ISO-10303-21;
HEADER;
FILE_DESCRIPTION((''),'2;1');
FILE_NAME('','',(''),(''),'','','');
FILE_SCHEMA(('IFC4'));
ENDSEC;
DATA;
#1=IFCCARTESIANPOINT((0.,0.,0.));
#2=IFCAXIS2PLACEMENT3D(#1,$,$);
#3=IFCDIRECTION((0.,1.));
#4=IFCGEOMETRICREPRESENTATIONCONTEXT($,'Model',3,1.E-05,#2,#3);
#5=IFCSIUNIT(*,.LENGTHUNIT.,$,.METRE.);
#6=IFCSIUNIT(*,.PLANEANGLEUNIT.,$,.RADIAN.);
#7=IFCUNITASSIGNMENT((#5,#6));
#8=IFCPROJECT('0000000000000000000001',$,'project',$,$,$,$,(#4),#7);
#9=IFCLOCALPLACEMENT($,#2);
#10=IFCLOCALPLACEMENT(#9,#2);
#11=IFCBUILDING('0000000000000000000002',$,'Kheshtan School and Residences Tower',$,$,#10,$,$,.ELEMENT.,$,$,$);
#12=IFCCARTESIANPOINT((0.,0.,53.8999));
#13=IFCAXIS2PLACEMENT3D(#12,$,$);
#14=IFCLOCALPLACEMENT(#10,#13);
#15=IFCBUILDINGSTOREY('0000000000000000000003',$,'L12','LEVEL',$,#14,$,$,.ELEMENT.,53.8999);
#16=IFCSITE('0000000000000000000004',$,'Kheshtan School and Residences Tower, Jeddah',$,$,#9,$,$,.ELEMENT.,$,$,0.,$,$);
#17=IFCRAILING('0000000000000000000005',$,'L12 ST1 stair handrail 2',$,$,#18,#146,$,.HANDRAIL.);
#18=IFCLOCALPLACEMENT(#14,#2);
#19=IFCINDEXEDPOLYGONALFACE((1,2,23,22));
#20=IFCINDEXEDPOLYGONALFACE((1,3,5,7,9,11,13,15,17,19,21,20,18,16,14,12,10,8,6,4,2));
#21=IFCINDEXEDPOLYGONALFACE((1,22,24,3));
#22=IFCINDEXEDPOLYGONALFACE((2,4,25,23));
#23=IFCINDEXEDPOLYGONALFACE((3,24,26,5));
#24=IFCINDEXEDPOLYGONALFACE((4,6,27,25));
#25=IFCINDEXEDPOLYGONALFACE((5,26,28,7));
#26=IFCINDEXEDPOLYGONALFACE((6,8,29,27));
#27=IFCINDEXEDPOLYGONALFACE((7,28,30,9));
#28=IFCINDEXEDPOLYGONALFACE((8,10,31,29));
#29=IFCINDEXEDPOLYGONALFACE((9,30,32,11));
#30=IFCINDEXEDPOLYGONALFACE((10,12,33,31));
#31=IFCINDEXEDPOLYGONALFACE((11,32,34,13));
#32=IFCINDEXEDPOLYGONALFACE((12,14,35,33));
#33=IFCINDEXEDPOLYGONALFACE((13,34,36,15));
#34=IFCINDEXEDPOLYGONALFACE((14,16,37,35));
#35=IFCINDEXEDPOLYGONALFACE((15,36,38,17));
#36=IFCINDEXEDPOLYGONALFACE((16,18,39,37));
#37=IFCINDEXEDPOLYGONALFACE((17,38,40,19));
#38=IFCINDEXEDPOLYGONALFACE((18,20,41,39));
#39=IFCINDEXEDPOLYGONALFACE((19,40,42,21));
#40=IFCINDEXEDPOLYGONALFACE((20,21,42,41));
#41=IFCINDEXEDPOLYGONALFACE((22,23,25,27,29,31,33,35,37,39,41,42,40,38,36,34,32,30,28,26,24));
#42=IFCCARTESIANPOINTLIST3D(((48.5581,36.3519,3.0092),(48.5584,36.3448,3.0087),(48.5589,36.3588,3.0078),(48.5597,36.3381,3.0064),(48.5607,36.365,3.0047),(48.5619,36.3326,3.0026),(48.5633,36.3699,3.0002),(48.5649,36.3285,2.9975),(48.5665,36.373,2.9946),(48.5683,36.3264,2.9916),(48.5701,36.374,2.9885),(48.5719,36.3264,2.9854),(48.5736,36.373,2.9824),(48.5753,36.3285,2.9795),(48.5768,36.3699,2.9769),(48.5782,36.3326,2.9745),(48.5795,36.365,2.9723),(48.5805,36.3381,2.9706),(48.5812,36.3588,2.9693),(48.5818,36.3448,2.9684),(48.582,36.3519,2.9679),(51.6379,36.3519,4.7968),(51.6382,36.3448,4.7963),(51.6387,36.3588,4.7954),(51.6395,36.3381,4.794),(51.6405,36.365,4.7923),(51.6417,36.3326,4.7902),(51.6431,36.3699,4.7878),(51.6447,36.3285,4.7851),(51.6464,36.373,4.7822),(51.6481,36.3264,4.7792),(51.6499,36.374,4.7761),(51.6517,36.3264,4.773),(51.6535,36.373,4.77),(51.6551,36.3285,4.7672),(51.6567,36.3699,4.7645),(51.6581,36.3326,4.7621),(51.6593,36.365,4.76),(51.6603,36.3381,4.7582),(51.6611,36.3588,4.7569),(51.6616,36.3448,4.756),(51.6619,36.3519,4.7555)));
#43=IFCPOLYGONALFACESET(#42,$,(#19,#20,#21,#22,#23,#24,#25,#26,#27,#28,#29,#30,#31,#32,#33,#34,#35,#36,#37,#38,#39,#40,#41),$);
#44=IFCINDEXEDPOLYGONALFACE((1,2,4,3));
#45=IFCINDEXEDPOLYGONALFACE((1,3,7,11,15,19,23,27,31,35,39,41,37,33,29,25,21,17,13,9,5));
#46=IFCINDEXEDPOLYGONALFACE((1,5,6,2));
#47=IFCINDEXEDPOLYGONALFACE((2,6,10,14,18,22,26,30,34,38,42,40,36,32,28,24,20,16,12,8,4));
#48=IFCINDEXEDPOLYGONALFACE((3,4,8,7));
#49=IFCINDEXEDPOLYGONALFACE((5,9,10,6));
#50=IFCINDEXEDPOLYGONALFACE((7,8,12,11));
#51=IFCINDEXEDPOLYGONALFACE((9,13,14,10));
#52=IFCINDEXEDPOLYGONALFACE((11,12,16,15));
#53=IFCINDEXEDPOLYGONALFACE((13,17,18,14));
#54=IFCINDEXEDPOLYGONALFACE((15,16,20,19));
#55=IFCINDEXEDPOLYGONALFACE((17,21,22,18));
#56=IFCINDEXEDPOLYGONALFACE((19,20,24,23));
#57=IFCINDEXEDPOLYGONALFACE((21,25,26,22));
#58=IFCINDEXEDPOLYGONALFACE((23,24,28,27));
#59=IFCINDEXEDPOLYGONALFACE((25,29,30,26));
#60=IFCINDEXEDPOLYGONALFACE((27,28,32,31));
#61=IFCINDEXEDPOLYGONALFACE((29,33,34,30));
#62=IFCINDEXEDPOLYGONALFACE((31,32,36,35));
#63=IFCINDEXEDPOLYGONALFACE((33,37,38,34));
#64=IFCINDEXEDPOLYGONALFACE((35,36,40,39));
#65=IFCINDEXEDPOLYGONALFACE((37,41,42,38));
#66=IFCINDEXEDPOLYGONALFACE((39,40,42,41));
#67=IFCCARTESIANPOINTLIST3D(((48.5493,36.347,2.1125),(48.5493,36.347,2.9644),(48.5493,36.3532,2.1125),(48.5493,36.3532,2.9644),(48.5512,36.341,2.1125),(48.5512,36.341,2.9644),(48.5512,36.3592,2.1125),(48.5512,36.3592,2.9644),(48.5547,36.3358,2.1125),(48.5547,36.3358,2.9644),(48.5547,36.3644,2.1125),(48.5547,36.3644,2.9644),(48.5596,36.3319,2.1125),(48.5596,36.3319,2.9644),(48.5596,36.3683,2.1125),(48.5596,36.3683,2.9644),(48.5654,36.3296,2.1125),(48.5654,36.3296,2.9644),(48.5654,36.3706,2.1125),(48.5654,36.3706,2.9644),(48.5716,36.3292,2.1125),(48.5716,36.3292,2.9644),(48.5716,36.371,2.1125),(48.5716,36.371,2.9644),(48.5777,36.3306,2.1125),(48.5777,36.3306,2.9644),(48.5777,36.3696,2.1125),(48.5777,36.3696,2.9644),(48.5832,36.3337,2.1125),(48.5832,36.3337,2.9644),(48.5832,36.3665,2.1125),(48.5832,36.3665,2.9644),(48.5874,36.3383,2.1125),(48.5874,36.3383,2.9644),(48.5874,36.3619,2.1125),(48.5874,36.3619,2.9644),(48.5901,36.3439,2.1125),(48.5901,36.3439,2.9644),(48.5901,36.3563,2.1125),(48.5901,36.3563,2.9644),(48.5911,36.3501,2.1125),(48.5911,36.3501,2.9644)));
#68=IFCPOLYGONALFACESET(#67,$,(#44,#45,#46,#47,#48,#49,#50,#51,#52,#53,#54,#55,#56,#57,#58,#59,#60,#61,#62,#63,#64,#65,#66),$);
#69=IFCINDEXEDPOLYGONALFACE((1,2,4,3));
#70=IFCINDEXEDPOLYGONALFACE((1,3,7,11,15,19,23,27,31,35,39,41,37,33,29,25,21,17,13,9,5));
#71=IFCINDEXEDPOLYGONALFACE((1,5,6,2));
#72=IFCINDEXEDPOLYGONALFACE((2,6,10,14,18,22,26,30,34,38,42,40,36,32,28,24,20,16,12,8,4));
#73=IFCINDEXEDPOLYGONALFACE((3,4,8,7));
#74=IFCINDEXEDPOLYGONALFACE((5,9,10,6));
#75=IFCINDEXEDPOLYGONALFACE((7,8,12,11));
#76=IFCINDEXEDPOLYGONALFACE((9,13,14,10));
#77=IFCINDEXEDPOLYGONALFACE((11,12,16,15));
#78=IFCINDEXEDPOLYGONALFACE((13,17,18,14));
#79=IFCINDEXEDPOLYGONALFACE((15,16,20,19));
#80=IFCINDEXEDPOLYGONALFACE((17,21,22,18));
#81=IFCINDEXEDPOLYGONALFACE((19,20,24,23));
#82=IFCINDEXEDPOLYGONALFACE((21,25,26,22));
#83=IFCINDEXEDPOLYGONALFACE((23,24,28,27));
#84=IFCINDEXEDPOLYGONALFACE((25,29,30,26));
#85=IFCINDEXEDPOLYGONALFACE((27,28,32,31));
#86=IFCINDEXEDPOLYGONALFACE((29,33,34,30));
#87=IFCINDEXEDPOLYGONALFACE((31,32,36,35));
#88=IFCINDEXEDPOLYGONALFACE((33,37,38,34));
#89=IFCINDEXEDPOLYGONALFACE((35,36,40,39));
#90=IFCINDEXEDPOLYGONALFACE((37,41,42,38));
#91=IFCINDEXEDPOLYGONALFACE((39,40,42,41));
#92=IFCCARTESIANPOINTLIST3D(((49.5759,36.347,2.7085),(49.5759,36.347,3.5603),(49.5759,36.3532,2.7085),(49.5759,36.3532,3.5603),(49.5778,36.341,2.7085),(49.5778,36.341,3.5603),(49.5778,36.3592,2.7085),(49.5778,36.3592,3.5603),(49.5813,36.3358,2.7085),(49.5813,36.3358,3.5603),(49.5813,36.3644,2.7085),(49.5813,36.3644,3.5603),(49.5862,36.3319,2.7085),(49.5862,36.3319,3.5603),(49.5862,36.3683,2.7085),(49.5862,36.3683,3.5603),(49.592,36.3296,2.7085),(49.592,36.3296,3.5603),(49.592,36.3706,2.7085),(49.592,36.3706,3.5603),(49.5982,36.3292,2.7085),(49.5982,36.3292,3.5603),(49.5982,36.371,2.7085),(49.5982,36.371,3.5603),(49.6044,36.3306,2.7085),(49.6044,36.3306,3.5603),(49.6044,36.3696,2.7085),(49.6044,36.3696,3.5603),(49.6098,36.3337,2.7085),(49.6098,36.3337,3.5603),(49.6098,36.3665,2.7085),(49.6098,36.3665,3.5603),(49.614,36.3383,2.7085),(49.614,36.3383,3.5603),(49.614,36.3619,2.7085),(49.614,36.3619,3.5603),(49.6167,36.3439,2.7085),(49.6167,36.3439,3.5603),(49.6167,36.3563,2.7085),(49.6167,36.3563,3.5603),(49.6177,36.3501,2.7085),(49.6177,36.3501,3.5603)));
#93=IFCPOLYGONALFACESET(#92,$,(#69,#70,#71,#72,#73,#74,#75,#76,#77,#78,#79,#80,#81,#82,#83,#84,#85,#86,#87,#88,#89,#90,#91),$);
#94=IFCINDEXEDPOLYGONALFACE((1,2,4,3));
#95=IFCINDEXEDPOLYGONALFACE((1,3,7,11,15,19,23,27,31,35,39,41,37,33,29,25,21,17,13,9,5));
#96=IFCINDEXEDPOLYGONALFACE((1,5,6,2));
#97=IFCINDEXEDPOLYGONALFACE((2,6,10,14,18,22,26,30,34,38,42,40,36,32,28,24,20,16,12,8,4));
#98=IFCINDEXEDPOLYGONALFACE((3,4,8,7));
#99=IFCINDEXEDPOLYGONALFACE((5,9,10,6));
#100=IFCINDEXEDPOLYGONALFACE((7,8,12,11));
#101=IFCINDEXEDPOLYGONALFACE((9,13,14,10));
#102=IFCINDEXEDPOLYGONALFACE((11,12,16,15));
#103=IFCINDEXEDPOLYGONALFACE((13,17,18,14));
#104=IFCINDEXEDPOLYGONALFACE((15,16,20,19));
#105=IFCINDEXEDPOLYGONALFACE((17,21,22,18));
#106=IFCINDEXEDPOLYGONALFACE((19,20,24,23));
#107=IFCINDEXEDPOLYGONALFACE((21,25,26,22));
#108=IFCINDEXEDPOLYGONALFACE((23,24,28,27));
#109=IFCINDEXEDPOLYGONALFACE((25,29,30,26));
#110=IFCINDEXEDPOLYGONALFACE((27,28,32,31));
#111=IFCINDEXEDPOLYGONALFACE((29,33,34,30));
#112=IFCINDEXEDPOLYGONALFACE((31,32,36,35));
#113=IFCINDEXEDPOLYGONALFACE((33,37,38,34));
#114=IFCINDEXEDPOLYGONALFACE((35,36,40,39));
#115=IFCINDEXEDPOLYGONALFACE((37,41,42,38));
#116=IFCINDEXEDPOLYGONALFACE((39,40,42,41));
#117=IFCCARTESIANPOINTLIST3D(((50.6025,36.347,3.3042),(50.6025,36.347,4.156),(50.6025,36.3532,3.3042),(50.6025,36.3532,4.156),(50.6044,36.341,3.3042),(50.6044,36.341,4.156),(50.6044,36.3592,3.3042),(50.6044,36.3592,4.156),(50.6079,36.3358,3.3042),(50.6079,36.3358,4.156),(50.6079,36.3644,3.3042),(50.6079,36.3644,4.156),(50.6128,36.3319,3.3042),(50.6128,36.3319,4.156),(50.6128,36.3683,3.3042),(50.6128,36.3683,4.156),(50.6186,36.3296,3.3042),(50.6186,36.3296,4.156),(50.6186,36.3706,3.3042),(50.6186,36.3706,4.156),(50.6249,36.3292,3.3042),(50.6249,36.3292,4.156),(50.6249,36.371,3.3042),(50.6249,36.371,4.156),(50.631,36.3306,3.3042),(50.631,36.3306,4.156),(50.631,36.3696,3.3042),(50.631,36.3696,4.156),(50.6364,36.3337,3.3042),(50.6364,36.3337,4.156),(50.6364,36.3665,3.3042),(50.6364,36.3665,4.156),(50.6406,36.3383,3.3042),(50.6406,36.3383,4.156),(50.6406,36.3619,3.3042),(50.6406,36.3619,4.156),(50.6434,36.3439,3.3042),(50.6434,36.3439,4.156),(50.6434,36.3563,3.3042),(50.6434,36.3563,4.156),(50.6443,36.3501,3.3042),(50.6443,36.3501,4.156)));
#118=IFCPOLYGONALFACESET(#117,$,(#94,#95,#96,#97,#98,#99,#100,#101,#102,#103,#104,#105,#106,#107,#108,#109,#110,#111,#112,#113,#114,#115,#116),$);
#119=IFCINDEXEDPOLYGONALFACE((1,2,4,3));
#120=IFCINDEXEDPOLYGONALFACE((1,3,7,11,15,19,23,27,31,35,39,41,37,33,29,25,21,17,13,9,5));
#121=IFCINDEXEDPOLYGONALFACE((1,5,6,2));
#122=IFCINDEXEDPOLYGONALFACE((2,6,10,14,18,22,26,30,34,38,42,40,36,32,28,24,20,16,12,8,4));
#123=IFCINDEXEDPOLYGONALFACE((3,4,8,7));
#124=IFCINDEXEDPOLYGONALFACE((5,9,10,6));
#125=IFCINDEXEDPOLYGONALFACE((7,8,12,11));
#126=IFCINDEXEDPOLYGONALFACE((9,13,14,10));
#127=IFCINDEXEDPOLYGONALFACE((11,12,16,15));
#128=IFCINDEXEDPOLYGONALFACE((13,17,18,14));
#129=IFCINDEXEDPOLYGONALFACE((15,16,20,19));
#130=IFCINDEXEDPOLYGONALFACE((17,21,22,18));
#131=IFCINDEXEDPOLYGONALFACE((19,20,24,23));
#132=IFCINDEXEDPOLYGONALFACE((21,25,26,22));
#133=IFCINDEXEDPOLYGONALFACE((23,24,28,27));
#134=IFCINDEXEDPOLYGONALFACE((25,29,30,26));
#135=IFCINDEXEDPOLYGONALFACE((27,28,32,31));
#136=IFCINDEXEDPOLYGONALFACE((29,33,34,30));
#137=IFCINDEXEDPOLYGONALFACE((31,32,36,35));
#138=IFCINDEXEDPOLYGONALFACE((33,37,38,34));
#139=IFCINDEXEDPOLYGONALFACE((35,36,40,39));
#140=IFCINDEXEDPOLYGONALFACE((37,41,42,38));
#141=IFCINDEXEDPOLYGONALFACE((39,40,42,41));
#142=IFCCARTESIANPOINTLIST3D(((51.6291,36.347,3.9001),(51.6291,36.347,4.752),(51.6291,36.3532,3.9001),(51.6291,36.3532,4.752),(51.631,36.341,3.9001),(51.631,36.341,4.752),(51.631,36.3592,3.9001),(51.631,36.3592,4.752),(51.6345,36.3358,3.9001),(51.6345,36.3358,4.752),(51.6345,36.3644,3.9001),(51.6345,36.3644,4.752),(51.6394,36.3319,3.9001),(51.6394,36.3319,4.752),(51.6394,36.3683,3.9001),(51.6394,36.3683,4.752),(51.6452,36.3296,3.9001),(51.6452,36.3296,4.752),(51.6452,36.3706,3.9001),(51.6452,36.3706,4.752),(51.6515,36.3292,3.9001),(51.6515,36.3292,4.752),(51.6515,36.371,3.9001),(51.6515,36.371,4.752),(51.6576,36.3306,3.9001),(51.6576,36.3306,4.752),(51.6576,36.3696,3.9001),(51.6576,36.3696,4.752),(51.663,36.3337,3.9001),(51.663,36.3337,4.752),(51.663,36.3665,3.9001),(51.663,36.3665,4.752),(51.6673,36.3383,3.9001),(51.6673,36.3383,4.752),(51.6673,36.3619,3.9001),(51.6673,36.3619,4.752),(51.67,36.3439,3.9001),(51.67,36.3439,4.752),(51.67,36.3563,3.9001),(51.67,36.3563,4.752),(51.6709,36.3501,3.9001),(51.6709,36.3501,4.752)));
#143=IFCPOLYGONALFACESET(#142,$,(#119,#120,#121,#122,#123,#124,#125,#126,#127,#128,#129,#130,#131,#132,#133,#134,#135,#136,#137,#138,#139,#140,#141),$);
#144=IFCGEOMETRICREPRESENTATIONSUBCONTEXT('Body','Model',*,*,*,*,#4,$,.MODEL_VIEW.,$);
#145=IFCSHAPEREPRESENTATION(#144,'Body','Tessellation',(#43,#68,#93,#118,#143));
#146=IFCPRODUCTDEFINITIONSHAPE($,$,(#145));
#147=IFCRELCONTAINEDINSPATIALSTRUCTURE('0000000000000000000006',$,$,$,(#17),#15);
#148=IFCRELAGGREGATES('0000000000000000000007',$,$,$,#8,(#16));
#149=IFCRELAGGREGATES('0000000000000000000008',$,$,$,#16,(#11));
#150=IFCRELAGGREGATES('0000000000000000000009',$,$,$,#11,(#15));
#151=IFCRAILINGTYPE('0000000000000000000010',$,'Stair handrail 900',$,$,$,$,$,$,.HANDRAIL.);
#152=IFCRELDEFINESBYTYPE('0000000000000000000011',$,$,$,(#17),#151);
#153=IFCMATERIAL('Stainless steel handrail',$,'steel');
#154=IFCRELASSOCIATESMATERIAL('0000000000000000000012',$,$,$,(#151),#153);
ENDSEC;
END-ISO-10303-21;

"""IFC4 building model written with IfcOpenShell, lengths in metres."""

from ifc_helpers import new_model, si_unit, direction, frame, origin, origin_2d, place, context, subcontext, project, spatial, circle, extrude, material, type_object, element, save


model = new_model("IFC4")

# Units and contexts
model_context = context("Model", 3, precision=1e-05, world=origin(), true_north=direction((0.0, 1.0)))
body_context = subcontext(model_context, "Body", "Model", "MODEL_VIEW")
ifc_project = project(units=[si_unit("LENGTHUNIT", "METRE"), si_unit("PLANEANGLEUNIT", "RADIAN")], contexts=[model_context])

# Site, building, storey
site_placement = place(None, origin())
site = spatial("IfcSite", under=ifc_project, at=site_placement, Name="Kheshtan School and Residences Tower, Jeddah", CompositionType="ELEMENT", RefElevation=0.0)
building_placement = place(site_placement, origin())
building = spatial("IfcBuilding", under=site, at=building_placement, Name="Kheshtan School and Residences Tower", CompositionType="ELEMENT")
storey_placement = place(building_placement, frame((0.0, 0.0, 53.8999)))
storey = spatial("IfcBuildingStorey", under=building, at=storey_placement, Name="L12", Description="LEVEL", CompositionType="ELEMENT", Elevation=53.8999)

# Railing
ifc_material_1 = material(Name="Stainless steel handrail", Category="steel")
railing_type_1 = type_object("IfcRailingType", Name="Stair handrail 900", PredefinedType="HANDRAIL", material=ifc_material_1)
railing_1_placement = place(storey_placement, frame((48.5701, 36.3501, 2.1125)))
element("IfcRailing", 1, at=railing_1_placement, inside=storey, type_object=railing_type_1, Name="L12 ST1 stair handrail 2", PredefinedType="HANDRAIL", context=body_context, shape_type="SweptSolid", body=[
    extrude(circle(Radius=0.0239, at=origin_2d()), frame((0.0, 0.0, 0.876), z_axis=(0.864873, 0.0, 0.50199), x_axis=(0.0, 1.0, 0.0)), (0.0, 0.0, 1.0), 3.561),
    extrude(circle(Radius=0.021, at=origin_2d()), origin(), (0.0, 0.0, 1.0), 0.8518),
    extrude(circle(Radius=0.021, at=origin_2d()), frame((1.0266, 0.0, 0.5959)), (0.0, 0.0, 1.0), 0.8518),
    extrude(circle(Radius=0.021, at=origin_2d()), frame((2.0532, 0.0, 1.1917)), (0.0, 0.0, 1.0), 0.8518),
    extrude(circle(Radius=0.021, at=origin_2d()), frame((3.0798, 0.0, 1.7876)), (0.0, 0.0, 1.0), 0.8518),
])

save(model, "model.ifc")
